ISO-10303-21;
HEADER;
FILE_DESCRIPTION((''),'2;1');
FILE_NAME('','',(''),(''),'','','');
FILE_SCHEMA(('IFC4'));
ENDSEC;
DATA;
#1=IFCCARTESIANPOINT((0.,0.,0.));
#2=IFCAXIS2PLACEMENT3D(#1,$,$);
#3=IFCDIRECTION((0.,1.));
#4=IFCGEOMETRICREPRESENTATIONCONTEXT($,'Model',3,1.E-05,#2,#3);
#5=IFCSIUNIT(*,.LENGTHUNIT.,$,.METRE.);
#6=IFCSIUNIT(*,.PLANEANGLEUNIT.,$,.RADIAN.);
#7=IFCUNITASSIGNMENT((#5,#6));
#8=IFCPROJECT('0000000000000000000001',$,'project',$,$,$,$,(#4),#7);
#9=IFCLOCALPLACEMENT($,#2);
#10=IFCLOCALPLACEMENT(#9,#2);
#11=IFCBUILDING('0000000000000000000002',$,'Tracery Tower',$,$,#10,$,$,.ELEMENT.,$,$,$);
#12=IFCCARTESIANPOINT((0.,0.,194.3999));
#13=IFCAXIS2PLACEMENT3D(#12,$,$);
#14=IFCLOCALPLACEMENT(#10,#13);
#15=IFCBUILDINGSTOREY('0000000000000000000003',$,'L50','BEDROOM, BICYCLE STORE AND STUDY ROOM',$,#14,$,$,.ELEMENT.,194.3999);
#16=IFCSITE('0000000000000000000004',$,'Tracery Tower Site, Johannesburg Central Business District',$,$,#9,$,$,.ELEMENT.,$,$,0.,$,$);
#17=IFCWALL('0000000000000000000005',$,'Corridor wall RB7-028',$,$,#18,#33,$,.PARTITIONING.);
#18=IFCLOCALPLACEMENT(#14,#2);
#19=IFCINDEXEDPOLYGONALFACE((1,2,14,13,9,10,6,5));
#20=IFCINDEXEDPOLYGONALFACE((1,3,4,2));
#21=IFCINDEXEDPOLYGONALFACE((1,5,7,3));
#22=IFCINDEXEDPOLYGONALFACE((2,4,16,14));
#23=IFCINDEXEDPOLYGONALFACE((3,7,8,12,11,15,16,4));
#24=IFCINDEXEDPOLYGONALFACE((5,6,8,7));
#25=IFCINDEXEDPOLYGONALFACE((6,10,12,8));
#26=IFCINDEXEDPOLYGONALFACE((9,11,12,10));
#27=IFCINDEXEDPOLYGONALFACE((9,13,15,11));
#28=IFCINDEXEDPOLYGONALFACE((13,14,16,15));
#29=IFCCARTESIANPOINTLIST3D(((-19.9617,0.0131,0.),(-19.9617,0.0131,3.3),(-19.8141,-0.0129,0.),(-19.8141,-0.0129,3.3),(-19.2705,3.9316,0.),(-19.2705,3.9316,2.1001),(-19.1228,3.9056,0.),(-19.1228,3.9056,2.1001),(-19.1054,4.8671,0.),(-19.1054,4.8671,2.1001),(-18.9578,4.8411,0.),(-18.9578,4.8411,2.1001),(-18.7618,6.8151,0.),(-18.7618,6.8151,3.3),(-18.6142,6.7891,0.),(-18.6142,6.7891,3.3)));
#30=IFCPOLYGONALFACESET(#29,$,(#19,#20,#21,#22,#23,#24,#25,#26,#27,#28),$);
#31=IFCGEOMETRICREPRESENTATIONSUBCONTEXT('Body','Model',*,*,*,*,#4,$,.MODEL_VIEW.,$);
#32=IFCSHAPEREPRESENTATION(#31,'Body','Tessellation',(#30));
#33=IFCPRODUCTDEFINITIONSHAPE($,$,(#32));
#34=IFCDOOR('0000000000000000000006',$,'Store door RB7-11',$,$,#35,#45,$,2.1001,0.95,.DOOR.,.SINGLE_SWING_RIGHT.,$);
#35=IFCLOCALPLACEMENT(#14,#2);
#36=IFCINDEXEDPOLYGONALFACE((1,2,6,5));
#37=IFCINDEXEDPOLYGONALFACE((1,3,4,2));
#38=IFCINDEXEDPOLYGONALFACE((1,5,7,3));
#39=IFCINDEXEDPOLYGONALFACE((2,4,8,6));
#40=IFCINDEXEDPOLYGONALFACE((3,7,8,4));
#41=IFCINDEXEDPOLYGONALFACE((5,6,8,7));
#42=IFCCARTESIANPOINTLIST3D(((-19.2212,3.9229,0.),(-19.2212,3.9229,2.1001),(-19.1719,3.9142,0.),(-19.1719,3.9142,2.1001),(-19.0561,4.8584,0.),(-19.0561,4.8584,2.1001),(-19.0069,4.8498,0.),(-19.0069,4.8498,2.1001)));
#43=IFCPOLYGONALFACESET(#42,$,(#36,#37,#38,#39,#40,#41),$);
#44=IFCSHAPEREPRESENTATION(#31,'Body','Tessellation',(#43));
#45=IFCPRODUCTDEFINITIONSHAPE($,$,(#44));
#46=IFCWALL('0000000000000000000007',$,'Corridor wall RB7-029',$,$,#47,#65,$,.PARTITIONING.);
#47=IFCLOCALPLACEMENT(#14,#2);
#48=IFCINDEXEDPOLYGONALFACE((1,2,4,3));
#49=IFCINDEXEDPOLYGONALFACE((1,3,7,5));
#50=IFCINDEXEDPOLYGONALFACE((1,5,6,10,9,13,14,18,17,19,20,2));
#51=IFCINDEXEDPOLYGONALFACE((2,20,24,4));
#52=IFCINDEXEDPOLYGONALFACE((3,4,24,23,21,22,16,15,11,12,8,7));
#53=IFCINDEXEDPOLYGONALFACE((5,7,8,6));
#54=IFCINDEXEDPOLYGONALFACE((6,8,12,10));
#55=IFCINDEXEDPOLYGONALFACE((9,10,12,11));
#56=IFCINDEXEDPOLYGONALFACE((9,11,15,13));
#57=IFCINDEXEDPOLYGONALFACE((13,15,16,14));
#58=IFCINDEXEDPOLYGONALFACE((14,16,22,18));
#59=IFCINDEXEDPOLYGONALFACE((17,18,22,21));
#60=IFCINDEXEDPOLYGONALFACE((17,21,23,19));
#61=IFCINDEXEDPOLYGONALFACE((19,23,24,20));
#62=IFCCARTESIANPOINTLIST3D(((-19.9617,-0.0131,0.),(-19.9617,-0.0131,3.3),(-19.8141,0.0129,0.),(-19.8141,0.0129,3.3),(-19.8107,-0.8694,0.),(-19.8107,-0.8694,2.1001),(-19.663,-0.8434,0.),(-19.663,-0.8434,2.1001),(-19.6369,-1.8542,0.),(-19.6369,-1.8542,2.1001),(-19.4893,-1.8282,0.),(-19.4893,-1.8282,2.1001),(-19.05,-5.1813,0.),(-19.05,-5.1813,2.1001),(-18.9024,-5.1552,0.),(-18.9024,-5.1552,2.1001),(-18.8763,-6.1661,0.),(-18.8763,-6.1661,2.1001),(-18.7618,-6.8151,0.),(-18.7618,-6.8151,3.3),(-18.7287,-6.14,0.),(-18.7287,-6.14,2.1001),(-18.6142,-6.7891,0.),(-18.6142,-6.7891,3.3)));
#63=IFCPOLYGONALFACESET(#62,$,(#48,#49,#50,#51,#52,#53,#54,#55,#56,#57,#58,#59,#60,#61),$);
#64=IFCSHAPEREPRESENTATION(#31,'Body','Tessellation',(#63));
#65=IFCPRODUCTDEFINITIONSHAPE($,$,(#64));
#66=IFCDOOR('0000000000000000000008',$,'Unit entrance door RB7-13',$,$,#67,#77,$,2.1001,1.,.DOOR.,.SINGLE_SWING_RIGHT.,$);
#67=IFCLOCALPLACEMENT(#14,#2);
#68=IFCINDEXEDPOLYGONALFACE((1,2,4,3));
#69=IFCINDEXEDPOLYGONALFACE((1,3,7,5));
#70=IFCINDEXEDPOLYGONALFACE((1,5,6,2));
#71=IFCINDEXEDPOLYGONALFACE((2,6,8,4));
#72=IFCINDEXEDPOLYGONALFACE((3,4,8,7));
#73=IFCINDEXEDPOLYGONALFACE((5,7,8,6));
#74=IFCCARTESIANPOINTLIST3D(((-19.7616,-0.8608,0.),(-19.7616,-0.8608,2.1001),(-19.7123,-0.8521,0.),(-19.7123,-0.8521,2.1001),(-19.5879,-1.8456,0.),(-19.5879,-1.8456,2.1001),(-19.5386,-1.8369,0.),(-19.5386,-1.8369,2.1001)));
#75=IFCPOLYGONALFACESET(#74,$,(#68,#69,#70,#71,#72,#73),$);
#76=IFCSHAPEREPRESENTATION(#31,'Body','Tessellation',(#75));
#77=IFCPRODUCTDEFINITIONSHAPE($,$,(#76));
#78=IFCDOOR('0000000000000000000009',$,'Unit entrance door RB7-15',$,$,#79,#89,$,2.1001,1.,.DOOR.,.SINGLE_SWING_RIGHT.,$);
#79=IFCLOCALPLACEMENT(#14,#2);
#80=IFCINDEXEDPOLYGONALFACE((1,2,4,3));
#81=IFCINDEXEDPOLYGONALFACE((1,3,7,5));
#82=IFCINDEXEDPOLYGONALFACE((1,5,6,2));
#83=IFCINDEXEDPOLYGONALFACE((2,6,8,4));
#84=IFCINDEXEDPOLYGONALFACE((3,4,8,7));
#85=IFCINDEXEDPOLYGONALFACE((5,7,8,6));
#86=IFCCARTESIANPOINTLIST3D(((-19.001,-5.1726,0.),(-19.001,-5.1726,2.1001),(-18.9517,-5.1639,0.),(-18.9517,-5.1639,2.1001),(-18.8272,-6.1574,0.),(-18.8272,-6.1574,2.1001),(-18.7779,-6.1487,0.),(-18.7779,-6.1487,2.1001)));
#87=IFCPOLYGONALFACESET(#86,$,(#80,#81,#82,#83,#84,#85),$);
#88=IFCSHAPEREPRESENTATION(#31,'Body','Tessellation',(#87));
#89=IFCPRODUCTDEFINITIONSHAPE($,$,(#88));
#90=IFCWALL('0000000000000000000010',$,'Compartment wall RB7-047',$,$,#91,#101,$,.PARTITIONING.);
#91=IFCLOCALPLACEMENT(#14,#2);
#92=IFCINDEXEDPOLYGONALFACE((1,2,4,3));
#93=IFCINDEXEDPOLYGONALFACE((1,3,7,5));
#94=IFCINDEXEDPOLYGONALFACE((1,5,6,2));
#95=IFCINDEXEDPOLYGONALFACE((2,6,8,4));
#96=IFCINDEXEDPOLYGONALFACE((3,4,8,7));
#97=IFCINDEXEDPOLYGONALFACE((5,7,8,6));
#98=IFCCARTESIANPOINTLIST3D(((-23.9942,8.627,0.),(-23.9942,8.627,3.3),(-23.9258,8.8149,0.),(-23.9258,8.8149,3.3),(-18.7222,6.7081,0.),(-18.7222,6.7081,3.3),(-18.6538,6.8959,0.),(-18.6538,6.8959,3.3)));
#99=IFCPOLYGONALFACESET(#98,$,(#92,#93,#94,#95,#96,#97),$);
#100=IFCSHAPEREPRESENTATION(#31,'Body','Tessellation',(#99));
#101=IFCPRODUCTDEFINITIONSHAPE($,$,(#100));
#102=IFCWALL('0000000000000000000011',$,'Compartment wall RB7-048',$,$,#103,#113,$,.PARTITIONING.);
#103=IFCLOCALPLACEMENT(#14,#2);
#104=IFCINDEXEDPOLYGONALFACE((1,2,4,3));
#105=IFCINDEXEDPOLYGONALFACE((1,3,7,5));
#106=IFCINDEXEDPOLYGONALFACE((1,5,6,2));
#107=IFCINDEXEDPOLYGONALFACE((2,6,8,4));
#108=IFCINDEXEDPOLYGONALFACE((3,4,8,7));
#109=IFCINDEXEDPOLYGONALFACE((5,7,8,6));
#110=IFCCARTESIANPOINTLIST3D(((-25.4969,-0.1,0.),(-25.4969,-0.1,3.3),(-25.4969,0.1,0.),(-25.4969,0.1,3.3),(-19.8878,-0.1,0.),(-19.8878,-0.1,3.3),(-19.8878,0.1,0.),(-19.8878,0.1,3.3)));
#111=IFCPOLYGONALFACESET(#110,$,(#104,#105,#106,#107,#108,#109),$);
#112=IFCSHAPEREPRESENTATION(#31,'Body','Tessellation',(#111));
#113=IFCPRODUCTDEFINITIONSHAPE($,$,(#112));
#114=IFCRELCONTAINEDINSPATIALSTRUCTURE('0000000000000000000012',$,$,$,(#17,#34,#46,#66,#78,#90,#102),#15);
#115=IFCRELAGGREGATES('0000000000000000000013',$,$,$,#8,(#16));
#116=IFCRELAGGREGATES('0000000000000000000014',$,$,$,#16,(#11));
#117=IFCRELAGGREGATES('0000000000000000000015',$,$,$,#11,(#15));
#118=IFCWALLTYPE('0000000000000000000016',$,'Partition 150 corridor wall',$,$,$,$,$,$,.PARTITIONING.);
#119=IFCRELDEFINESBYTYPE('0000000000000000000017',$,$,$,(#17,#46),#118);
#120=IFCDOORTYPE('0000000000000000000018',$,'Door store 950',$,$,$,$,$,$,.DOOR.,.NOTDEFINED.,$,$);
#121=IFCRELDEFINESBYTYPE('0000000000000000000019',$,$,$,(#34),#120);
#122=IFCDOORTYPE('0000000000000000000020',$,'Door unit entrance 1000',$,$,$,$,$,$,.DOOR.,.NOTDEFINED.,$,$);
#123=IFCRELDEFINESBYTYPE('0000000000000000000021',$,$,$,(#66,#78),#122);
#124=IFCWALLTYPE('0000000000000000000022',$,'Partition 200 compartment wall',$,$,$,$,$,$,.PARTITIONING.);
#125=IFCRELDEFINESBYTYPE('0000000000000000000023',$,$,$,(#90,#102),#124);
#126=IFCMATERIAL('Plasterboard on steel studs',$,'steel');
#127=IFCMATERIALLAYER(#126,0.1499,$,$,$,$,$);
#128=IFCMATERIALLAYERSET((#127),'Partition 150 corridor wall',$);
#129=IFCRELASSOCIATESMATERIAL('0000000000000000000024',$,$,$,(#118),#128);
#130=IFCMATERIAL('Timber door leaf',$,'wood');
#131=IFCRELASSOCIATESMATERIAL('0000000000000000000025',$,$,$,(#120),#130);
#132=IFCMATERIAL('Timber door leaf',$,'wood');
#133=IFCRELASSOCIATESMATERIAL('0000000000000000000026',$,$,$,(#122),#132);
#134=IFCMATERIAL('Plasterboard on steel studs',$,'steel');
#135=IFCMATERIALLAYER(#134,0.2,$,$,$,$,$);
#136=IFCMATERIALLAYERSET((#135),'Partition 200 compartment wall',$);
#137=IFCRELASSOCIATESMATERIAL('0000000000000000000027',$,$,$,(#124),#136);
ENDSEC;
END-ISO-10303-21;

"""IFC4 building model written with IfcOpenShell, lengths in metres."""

from ifc_helpers import new_model, si_unit, direction, frame, frame_2d, origin, place, context, subcontext, project, spatial, rectangle, extrude, material, layer, layer_set, type_object, element, fill, save


model = new_model("IFC4")

# Units and contexts
model_context = context("Model", 3, precision=1e-05, world=origin(), true_north=direction((0.0, 1.0)))
body_context = subcontext(model_context, "Body", "Model", "MODEL_VIEW")
ifc_project = project(units=[si_unit("LENGTHUNIT", "METRE"), si_unit("PLANEANGLEUNIT", "RADIAN")], contexts=[model_context])

# Site, building, storey
site_placement = place(None, origin())
site = spatial("IfcSite", under=ifc_project, at=site_placement, Name="Tracery Tower Site, Johannesburg Central Business District", CompositionType="ELEMENT", RefElevation=0.0)
building_placement = place(site_placement, origin())
building = spatial("IfcBuilding", under=site, at=building_placement, Name="Tracery Tower", CompositionType="ELEMENT")
storey_placement = place(building_placement, frame((0.0, 0.0, 194.3999)))
storey = spatial("IfcBuildingStorey", under=building, at=storey_placement, Name="L50", Description="BEDROOM, BICYCLE STORE AND STUDY ROOM", CompositionType="ELEMENT", Elevation=194.3999)

# Wall, opening, door
ifc_material_1 = material(Name="Plasterboard on steel studs", Category="steel")
ifc_layer_1 = layer(ifc_material_1, 0.1499)
ifc_layer_set_1 = layer_set([ifc_layer_1], Name="Partition 150 corridor wall")
wall_type_1 = type_object("IfcWallType", Name="Partition 150 corridor wall", PredefinedType="PARTITIONING", material=ifc_layer_set_1)
wall_1_placement = place(storey_placement, frame((-19.8879, 0.0, 0.0), z_axis=(0.0, 0.0, 1.0), x_axis=(0.173729, 0.984794, 0.0)))
wall_1 = element("IfcWall", 1, at=wall_1_placement, inside=storey, type_object=wall_type_1, Name="Corridor wall RB7-028", PredefinedType="PARTITIONING", context=body_context, shape_type="SweptSolid", body=[
    extrude(rectangle(XDim=6.907, YDim=0.1499, at=frame_2d((3.4536, 0.0))), origin(), (0.0, 0.0, 1.0), 3.3),
])
opening_1_placement = place(wall_1_placement, frame((3.979, 0.0, 0.0)))
opening_1 = element("IfcOpeningElement", 2, at=opening_1_placement, cuts=wall_1, PredefinedType="OPENING", context=body_context, shape_type="SweptSolid", body=[
    extrude(rectangle(XDim=0.95, YDim=2.1001, at=frame_2d((0.4751, 1.05))), frame((0.0, 0.075, 0.0), z_axis=(0.0, -1.0, 0.0), x_axis=(1.0, 0.0, 0.0)), (0.0, 0.0, 1.0), 0.1499),
])
ifc_material_2 = material(Name="Timber door leaf", Category="wood")
door_type_1 = type_object("IfcDoorType", Name="Door store 950", OperationType="NOTDEFINED", PredefinedType="DOOR", material=ifc_material_2)
door_1_placement = place(opening_1_placement, origin())
door_1 = element("IfcDoor", 3, at=door_1_placement, inside=storey, type_object=door_type_1, Name="Store door RB7-11", OperationType="SINGLE_SWING_RIGHT", OverallHeight=2.1001, OverallWidth=0.95, PredefinedType="DOOR", context=body_context, shape_type="SweptSolid", body=[
    extrude(rectangle(XDim=0.95, YDim=2.1001, at=frame_2d((0.4751, 1.05))), frame((0.0, 0.0249, 0.0), z_axis=(0.0, -1.0, 0.0), x_axis=(1.0, 0.0, 0.0)), (0.0, 0.0, 1.0), 0.05),
])
fill(opening_1, door_1)

# Wall, openings, doors
wall_2_placement = place(storey_placement, frame((-19.8879, 0.0, 0.0), z_axis=(0.0, 0.0, 1.0), x_axis=(0.173729, -0.984794, 0.0)))
wall_2 = element("IfcWall", 4, at=wall_2_placement, inside=storey, type_object=wall_type_1, Name="Corridor wall RB7-029", PredefinedType="PARTITIONING", context=body_context, shape_type="SweptSolid", body=[
    extrude(rectangle(XDim=6.907, YDim=0.1499, at=frame_2d((3.4536, 0.0))), origin(), (0.0, 0.0, 1.0), 3.3),
])
opening_2_placement = place(wall_2_placement, frame((0.8696, 0.0, 0.0)))
opening_2 = element("IfcOpeningElement", 5, at=opening_2_placement, cuts=wall_2, PredefinedType="OPENING", context=body_context, shape_type="SweptSolid", body=[
    extrude(rectangle(XDim=1.0, YDim=2.1001, at=frame_2d((0.5, 1.05))), frame((0.0, 0.075, 0.0), z_axis=(0.0, -1.0, 0.0), x_axis=(1.0, 0.0, 0.0)), (0.0, 0.0, 1.0), 0.1499),
])
opening_3_placement = place(wall_2_placement, frame((5.248, 0.0, 0.0)))
opening_3 = element("IfcOpeningElement", 6, at=opening_3_placement, cuts=wall_2, PredefinedType="OPENING", context=body_context, shape_type="SweptSolid", body=[
    extrude(rectangle(XDim=1.0, YDim=2.1001, at=frame_2d((0.5, 1.05))), frame((0.0, 0.075, 0.0), z_axis=(0.0, -1.0, 0.0), x_axis=(1.0, 0.0, 0.0)), (0.0, 0.0, 1.0), 0.1499),
])
ifc_material_3 = material(Name="Timber door leaf", Category="wood")
door_type_2 = type_object("IfcDoorType", Name="Door unit entrance 1000", OperationType="NOTDEFINED", PredefinedType="DOOR", material=ifc_material_3)
door_2_placement = place(opening_2_placement, origin())
door_2 = element("IfcDoor", 7, at=door_2_placement, inside=storey, type_object=door_type_2, Name="Unit entrance door RB7-13", OperationType="SINGLE_SWING_RIGHT", OverallHeight=2.1001, OverallWidth=1.0, PredefinedType="DOOR", context=body_context, shape_type="SweptSolid", body=[
    extrude(rectangle(XDim=1.0, YDim=2.1001, at=frame_2d((0.5, 1.05))), frame((0.0, 0.0249, 0.0), z_axis=(0.0, -1.0, 0.0), x_axis=(1.0, 0.0, 0.0)), (0.0, 0.0, 1.0), 0.05),
])
fill(opening_2, door_2)
door_3_placement = place(opening_3_placement, origin())
door_3 = element("IfcDoor", 8, at=door_3_placement, inside=storey, type_object=door_type_2, Name="Unit entrance door RB7-15", OperationType="SINGLE_SWING_RIGHT", OverallHeight=2.1001, OverallWidth=1.0, PredefinedType="DOOR", context=body_context, shape_type="SweptSolid", body=[
    extrude(rectangle(XDim=1.0, YDim=2.1001, at=frame_2d((0.5, 1.05))), frame((0.0, 0.0249, 0.0), z_axis=(0.0, -1.0, 0.0), x_axis=(1.0, 0.0, 0.0)), (0.0, 0.0, 1.0), 0.05),
])
fill(opening_3, door_3)

# Walls
ifc_material_4 = material(Name="Plasterboard on steel studs", Category="steel")
ifc_layer_2 = layer(ifc_material_4, 0.2)
ifc_layer_set_2 = layer_set([ifc_layer_2], Name="Partition 200 compartment wall")
wall_type_2 = type_object("IfcWallType", Name="Partition 200 compartment wall", PredefinedType="PARTITIONING", material=ifc_layer_set_2)
wall_3_placement = place(storey_placement, frame((-23.96, 8.7209, 0.0), z_axis=(0.0, 0.0, 1.0), x_axis=(0.939687, -0.342037, 0.0)))
element("IfcWall", 9, at=wall_3_placement, inside=storey, type_object=wall_type_2, Name="Compartment wall RB7-047", PredefinedType="PARTITIONING", context=body_context, shape_type="SweptSolid", body=[
    extrude(rectangle(XDim=5.6104, YDim=0.2, at=frame_2d((2.8052, 0.0))), origin(), (0.0, 0.0, 1.0), 3.3),
])
wall_4_placement = place(storey_placement, frame((-25.4971, 0.0, 0.0), z_axis=(0.0, 0.0, 1.0), x_axis=(1.0, 0.0, 0.0)))
element("IfcWall", 10, at=wall_4_placement, inside=storey, type_object=wall_type_2, Name="Compartment wall RB7-048", PredefinedType="PARTITIONING", context=body_context, shape_type="SweptSolid", body=[
    extrude(rectangle(XDim=5.6091, YDim=0.2, at=frame_2d((2.8047, 0.0))), origin(), (0.0, 0.0, 1.0), 3.3),
])

save(model, "model.ifc")
